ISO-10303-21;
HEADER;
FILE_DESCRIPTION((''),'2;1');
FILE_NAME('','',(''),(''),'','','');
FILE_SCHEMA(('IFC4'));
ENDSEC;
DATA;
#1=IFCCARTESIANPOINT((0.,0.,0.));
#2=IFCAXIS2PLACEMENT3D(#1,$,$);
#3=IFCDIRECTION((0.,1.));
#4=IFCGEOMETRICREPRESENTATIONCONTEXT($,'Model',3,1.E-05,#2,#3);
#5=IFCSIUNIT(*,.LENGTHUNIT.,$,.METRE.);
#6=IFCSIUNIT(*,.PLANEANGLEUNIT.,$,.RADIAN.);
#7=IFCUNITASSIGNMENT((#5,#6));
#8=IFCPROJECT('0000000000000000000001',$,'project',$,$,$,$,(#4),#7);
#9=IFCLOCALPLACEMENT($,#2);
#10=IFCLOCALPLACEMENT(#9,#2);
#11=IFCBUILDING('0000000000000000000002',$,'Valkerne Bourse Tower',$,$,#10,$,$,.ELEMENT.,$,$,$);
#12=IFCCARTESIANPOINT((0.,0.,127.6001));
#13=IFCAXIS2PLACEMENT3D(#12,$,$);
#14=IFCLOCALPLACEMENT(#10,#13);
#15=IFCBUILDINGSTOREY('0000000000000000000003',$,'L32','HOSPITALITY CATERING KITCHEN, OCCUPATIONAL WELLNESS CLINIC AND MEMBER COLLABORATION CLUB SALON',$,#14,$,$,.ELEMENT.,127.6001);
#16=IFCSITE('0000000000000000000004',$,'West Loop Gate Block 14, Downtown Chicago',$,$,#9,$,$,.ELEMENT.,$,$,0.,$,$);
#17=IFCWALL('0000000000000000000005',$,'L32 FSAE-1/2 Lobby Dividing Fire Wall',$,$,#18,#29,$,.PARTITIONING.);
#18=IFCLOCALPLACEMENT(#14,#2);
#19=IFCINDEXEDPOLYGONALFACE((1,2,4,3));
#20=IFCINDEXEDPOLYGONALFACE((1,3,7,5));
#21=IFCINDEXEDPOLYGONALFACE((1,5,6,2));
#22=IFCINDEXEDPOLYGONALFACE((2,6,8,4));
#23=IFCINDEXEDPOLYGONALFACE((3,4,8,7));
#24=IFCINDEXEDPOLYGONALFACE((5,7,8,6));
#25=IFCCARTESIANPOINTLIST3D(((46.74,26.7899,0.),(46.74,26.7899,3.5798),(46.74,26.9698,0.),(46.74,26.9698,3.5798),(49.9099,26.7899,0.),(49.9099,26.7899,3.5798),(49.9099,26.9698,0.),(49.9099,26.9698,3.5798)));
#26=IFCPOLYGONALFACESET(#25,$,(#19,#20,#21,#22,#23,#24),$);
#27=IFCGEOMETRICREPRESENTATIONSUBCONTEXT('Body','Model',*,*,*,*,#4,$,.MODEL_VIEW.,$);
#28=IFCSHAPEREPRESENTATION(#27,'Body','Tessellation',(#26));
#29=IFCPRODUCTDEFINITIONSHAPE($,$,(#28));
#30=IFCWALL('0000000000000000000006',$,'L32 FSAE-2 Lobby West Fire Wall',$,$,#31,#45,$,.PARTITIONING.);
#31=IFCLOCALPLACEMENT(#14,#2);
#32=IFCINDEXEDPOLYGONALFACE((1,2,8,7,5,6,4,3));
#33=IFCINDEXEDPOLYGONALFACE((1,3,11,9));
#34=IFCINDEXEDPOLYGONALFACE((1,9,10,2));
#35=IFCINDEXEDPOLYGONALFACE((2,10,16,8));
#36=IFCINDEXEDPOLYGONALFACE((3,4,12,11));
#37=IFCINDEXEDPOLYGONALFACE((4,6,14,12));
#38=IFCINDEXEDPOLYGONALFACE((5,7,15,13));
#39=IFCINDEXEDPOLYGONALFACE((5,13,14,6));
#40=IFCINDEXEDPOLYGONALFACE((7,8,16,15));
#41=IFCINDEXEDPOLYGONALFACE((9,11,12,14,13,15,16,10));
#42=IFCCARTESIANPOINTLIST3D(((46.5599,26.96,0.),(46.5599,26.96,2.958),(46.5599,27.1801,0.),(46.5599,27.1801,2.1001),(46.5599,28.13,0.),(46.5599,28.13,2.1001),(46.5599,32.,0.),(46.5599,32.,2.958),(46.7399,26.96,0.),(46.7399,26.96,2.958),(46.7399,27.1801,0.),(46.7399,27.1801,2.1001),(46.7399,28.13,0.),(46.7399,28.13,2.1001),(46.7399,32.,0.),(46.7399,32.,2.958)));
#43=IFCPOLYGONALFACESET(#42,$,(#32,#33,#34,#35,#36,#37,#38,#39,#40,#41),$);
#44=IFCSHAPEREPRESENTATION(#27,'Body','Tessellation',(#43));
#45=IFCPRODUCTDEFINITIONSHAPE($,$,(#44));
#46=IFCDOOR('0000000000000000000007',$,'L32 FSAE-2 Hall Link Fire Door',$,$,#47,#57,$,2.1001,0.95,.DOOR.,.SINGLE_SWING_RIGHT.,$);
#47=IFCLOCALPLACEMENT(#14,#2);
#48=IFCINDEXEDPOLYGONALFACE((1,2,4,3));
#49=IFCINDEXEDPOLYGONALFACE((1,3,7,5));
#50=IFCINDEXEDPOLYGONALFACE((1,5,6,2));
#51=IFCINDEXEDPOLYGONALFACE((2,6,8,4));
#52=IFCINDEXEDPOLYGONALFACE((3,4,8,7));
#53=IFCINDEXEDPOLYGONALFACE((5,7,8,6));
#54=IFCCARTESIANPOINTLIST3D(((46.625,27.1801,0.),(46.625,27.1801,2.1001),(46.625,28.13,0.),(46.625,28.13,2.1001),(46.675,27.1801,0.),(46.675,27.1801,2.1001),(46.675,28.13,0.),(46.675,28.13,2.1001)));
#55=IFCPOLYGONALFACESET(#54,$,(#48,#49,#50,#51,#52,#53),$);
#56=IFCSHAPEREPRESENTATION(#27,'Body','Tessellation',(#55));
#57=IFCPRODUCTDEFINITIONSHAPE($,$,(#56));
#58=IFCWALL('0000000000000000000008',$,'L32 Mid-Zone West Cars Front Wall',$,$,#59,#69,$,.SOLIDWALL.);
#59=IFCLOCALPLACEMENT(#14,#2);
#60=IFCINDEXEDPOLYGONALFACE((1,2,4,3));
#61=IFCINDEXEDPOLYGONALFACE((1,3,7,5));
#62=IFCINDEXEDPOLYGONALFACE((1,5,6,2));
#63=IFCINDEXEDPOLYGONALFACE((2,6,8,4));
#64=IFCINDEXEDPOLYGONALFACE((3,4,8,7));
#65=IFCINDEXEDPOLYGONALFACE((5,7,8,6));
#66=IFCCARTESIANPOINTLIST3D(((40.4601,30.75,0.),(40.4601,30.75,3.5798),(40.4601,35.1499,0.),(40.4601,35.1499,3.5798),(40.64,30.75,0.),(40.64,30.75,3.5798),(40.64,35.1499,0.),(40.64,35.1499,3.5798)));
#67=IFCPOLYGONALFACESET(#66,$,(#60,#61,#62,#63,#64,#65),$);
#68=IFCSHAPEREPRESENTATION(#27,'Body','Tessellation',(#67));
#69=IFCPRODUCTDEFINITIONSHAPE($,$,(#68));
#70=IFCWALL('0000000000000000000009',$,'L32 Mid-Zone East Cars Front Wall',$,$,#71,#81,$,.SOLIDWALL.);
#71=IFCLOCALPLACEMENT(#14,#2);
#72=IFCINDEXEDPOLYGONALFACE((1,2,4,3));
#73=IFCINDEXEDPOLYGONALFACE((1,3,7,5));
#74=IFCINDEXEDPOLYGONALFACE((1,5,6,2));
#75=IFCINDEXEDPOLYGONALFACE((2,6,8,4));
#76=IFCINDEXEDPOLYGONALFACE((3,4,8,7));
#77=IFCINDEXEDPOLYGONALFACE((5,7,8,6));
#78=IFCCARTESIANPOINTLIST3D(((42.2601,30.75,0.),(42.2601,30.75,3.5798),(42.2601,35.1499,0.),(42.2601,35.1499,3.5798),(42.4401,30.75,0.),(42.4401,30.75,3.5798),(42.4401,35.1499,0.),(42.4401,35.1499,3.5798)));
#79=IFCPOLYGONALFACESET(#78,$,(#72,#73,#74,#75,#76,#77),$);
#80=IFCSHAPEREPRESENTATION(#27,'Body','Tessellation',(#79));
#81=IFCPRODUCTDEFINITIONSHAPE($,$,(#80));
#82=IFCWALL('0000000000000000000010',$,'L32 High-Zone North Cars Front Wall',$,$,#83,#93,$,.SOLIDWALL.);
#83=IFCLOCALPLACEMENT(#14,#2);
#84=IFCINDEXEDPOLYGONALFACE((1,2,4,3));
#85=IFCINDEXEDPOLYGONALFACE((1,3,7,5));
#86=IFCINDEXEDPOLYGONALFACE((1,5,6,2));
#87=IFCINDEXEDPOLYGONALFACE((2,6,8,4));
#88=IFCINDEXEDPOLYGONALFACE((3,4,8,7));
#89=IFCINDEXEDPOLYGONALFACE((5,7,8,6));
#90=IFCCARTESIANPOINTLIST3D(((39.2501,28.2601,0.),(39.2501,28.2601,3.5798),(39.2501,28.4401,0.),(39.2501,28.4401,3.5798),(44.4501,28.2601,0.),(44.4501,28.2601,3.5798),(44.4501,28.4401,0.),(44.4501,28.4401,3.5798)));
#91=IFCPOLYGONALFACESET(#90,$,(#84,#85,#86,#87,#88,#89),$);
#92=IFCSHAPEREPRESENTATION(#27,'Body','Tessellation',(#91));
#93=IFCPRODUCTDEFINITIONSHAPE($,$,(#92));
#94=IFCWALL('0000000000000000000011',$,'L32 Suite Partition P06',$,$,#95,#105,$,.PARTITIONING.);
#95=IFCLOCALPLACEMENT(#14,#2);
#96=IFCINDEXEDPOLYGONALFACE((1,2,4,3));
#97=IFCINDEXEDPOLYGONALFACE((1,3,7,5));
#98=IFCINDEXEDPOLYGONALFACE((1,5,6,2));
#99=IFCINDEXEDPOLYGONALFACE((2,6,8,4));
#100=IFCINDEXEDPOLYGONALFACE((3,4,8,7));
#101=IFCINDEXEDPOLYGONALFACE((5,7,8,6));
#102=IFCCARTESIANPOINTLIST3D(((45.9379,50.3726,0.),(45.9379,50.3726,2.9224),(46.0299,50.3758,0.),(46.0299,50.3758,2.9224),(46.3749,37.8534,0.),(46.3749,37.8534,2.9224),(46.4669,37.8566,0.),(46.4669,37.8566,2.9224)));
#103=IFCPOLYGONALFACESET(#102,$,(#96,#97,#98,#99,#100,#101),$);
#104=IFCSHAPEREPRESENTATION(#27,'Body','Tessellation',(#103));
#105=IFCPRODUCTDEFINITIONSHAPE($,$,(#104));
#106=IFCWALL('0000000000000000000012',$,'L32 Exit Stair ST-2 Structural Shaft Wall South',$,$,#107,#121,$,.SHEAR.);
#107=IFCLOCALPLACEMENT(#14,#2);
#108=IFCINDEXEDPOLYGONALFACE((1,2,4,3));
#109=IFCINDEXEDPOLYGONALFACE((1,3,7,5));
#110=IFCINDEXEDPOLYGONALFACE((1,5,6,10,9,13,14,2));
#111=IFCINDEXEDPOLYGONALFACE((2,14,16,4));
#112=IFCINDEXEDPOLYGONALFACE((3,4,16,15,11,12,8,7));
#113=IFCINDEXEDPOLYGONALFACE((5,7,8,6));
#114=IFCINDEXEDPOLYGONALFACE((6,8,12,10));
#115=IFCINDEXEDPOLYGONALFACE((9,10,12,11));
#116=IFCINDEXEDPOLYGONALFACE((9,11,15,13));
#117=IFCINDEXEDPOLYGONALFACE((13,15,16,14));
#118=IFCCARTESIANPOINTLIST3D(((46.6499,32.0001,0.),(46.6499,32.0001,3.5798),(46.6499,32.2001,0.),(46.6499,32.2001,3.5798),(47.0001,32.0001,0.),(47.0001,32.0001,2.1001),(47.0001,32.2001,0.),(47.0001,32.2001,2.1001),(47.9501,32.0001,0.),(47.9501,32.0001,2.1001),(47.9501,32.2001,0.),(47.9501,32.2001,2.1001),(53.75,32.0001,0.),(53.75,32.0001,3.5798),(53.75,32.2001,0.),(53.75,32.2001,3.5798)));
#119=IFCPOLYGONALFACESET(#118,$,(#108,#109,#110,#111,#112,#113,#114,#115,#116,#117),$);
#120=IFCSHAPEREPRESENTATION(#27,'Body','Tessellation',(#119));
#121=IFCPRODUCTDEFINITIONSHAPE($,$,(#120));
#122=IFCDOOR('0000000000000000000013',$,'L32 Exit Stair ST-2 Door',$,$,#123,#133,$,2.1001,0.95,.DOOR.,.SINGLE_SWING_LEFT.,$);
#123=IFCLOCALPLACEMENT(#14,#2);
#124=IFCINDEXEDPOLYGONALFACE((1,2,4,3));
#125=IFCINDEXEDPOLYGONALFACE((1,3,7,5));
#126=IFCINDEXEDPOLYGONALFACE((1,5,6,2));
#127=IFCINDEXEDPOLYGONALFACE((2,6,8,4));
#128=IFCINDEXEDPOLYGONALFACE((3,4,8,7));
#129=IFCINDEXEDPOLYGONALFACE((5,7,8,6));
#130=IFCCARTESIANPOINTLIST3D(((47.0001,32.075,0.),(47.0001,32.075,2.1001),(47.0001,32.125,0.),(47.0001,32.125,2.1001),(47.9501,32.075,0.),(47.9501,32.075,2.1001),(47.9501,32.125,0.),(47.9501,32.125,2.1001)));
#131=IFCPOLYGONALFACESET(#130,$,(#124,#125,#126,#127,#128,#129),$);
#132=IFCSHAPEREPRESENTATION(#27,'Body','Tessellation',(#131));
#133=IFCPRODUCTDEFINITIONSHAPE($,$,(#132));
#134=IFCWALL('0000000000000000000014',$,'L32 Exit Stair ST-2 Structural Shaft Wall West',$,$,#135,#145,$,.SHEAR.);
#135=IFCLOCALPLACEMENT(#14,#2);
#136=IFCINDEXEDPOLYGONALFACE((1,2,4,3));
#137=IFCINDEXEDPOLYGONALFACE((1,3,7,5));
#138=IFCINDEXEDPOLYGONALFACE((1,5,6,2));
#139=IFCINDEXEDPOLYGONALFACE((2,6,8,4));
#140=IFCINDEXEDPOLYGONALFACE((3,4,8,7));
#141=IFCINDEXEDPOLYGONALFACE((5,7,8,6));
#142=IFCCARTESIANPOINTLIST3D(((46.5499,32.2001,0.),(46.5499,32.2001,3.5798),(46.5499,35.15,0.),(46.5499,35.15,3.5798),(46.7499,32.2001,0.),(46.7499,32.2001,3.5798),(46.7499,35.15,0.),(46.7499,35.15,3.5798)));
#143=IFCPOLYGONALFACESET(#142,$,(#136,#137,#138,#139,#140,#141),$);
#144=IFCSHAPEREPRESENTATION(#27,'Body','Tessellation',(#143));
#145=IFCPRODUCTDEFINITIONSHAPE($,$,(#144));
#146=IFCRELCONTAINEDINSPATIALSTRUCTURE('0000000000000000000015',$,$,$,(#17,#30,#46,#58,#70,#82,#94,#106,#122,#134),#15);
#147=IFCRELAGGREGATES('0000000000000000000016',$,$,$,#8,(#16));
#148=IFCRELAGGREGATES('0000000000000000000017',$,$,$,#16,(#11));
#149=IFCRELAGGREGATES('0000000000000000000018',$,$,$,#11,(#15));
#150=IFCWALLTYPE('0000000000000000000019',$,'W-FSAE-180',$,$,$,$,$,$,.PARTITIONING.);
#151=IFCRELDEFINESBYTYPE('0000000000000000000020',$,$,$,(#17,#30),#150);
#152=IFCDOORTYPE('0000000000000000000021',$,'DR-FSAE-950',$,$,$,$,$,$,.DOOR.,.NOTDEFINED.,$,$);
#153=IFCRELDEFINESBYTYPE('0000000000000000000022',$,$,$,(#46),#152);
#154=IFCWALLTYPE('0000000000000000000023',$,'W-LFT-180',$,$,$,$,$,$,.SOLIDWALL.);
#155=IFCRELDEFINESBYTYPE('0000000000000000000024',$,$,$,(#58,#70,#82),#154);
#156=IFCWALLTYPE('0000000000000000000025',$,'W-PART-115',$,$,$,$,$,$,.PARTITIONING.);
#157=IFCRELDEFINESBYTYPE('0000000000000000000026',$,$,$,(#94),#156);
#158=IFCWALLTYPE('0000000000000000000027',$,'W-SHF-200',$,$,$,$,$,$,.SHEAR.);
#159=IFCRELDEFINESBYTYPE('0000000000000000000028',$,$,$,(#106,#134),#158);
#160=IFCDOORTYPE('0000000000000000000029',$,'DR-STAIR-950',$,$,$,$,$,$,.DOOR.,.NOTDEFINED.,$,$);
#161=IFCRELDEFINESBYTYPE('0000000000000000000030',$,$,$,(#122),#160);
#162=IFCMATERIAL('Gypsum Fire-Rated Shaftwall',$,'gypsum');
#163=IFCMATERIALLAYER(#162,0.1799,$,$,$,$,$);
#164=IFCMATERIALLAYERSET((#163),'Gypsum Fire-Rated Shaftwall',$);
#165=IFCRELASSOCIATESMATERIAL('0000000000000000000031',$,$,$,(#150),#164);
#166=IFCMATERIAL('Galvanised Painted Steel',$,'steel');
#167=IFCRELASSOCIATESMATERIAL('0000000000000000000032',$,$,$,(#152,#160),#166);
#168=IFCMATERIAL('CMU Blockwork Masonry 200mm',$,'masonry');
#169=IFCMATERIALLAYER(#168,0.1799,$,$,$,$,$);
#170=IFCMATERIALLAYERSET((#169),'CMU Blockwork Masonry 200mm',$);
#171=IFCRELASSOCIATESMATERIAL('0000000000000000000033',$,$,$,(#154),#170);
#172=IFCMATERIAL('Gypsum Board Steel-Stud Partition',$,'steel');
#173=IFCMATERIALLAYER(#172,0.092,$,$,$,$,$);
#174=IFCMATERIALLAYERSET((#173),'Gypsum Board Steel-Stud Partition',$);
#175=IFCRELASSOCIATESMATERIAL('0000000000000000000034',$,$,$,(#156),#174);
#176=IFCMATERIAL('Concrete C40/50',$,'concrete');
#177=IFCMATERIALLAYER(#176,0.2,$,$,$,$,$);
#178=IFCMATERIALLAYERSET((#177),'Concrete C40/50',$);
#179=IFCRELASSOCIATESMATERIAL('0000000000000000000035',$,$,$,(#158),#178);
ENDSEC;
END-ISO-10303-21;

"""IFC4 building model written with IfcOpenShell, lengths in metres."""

from ifc_helpers import new_model, si_unit, direction, frame, frame_2d, origin, place, context, subcontext, project, spatial, rectangle, extrude, material, layer, layer_set, type_object, element, fill, save


model = new_model("IFC4")

# Units and contexts
model_context = context("Model", 3, precision=1e-05, world=origin(), true_north=direction((0.0, 1.0)))
body_context = subcontext(model_context, "Body", "Model", "MODEL_VIEW")
ifc_project = project(units=[si_unit("LENGTHUNIT", "METRE"), si_unit("PLANEANGLEUNIT", "RADIAN")], contexts=[model_context])

# Site, building, storey
site_placement = place(None, origin())
site = spatial("IfcSite", under=ifc_project, at=site_placement, Name="West Loop Gate Block 14, Downtown Chicago", CompositionType="ELEMENT", RefElevation=0.0)
building_placement = place(site_placement, origin())
building = spatial("IfcBuilding", under=site, at=building_placement, Name="Valkerne Bourse Tower", CompositionType="ELEMENT")
storey_placement = place(building_placement, frame((0.0, 0.0, 127.6001)))
storey = spatial("IfcBuildingStorey", under=building, at=storey_placement, Name="L32", Description="HOSPITALITY CATERING KITCHEN, OCCUPATIONAL WELLNESS CLINIC AND MEMBER COLLABORATION CLUB SALON", CompositionType="ELEMENT", Elevation=127.6001)

# Wall
ifc_material_1 = material(Name="Gypsum Fire-Rated Shaftwall", Category="gypsum")
ifc_layer_1 = layer(ifc_material_1, 0.1799)
ifc_layer_set_1 = layer_set([ifc_layer_1], Name="Gypsum Fire-Rated Shaftwall")
wall_type_1 = type_object("IfcWallType", Name="W-FSAE-180", PredefinedType="PARTITIONING", material=ifc_layer_set_1)
wall_1_placement = place(storey_placement, frame((46.74, 26.8799, 0.0), z_axis=(0.0, 0.0, 1.0), x_axis=(1.0, 0.0, 0.0)))
element("IfcWall", 1, at=wall_1_placement, inside=storey, type_object=wall_type_1, Name="L32 FSAE-1/2 Lobby Dividing Fire Wall", PredefinedType="PARTITIONING", context=body_context, shape_type="SweptSolid", body=[
    extrude(rectangle(XDim=3.1699, YDim=0.1799, at=frame_2d((1.585, 0.0))), origin(), (0.0, 0.0, 1.0), 3.5798),
])

# Wall, opening, door
wall_2_placement = place(storey_placement, frame((46.6499, 26.96, 0.0), z_axis=(0.0, 0.0, 1.0), x_axis=(0.0, 1.0, 0.0)))
wall_2 = element("IfcWall", 2, at=wall_2_placement, inside=storey, type_object=wall_type_1, Name="L32 FSAE-2 Lobby West Fire Wall", PredefinedType="PARTITIONING", context=body_context, shape_type="SweptSolid", body=[
    extrude(rectangle(XDim=5.04, YDim=0.1799, at=frame_2d((2.52, 0.0))), origin(), (0.0, 0.0, 1.0), 2.958),
])
opening_1_placement = place(wall_2_placement, frame((0.22, 0.0, 0.0)))
opening_1 = element("IfcOpeningElement", 3, at=opening_1_placement, cuts=wall_2, PredefinedType="OPENING", context=body_context, shape_type="SweptSolid", body=[
    extrude(rectangle(XDim=0.95, YDim=2.1001, at=frame_2d((0.4751, 1.05))), frame((0.0, 0.0999, 0.0), z_axis=(0.0, -1.0, 0.0), x_axis=(1.0, 0.0, 0.0)), (0.0, 0.0, 1.0), 0.2),
])
ifc_material_2 = material(Name="Galvanised Painted Steel", Category="steel")
door_type_1 = type_object("IfcDoorType", Name="DR-FSAE-950", OperationType="NOTDEFINED", PredefinedType="DOOR", material=ifc_material_2)
door_1_placement = place(opening_1_placement, origin())
door_1 = element("IfcDoor", 4, at=door_1_placement, inside=storey, type_object=door_type_1, Name="L32 FSAE-2 Hall Link Fire Door", OperationType="SINGLE_SWING_RIGHT", OverallHeight=2.1001, OverallWidth=0.95, PredefinedType="DOOR", context=body_context, shape_type="SweptSolid", body=[
    extrude(rectangle(XDim=0.95, YDim=2.1001, at=frame_2d((0.4751, 1.05))), frame((0.0, 0.0249, 0.0), z_axis=(0.0, -1.0, 0.0), x_axis=(1.0, 0.0, 0.0)), (0.0, 0.0, 1.0), 0.05),
])
fill(opening_1, door_1)

# Walls
ifc_material_3 = material(Name="CMU Blockwork Masonry 200mm", Category="masonry")
ifc_layer_2 = layer(ifc_material_3, 0.1799)
ifc_layer_set_2 = layer_set([ifc_layer_2], Name="CMU Blockwork Masonry 200mm")
wall_type_2 = type_object("IfcWallType", Name="W-LFT-180", PredefinedType="SOLIDWALL", material=ifc_layer_set_2)
for number, where, z_axis, x_axis, name in (
    (5, (40.55, 30.75, 0.0), (0.0, 0.0, 1.0), (0.0, 1.0, 0.0), "L32 Mid-Zone West Cars Front Wall"),
    (6, (42.3501, 30.75, 0.0), (0.0, 0.0, 1.0), (0.0, 1.0, 0.0), "L32 Mid-Zone East Cars Front Wall"),
):
    element("IfcWall", number, at=place(storey_placement, frame(where, z_axis=z_axis, x_axis=x_axis)), inside=storey, type_object=wall_type_2, Name=name, PredefinedType="SOLIDWALL", context=body_context, shape_type="SweptSolid", body=[
        extrude(rectangle(XDim=4.3999, YDim=0.1799, at=frame_2d((2.2, 0.0))), origin(), (0.0, 0.0, 1.0), 3.5798),
    ])
wall_3_placement = place(storey_placement, frame((39.25, 28.3501, 0.0), z_axis=(0.0, 0.0, 1.0), x_axis=(1.0, 0.0, 0.0)))
element("IfcWall", 7, at=wall_3_placement, inside=storey, type_object=wall_type_2, Name="L32 High-Zone North Cars Front Wall", PredefinedType="SOLIDWALL", context=body_context, shape_type="SweptSolid", body=[
    extrude(rectangle(XDim=5.2, YDim=0.1799, at=frame_2d((2.6001, 0.0))), origin(), (0.0, 0.0, 1.0), 3.5798),
])
ifc_material_4 = material(Name="Gypsum Board Steel-Stud Partition", Category="steel")
ifc_layer_3 = layer(ifc_material_4, 0.092)
ifc_layer_set_3 = layer_set([ifc_layer_3], Name="Gypsum Board Steel-Stud Partition")
wall_type_3 = type_object("IfcWallType", Name="W-PART-115", PredefinedType="PARTITIONING", material=ifc_layer_set_3)
wall_4_placement = place(storey_placement, frame((46.4209, 37.855, 0.0), z_axis=(0.0, 0.0, 1.0), x_axis=(-0.034886, 0.999391, 0.0)))
element("IfcWall", 8, at=wall_4_placement, inside=storey, type_object=wall_type_3, Name="L32 Suite Partition P06", PredefinedType="PARTITIONING", context=body_context, shape_type="SweptSolid", body=[
    extrude(rectangle(XDim=12.5269, YDim=0.092, at=frame_2d((6.2634, 0.0))), origin(), (0.0, 0.0, 1.0), 2.9224),
])

# Wall, opening, door
ifc_material_5 = material(Name="Concrete C40/50", Category="concrete")
ifc_layer_4 = layer(ifc_material_5, 0.2)
ifc_layer_set_4 = layer_set([ifc_layer_4], Name="Concrete C40/50")
wall_type_4 = type_object("IfcWallType", Name="W-SHF-200", PredefinedType="SHEAR", material=ifc_layer_set_4)
wall_5_placement = place(storey_placement, frame((46.6499, 32.1001, 0.0), z_axis=(0.0, 0.0, 1.0), x_axis=(1.0, 0.0, 0.0)))
wall_5 = element("IfcWall", 9, at=wall_5_placement, inside=storey, type_object=wall_type_4, Name="L32 Exit Stair ST-2 Structural Shaft Wall South", PredefinedType="SHEAR", context=body_context, shape_type="SweptSolid", body=[
    extrude(rectangle(XDim=7.1001, YDim=0.2, at=frame_2d((3.55, 0.0))), origin(), (0.0, 0.0, 1.0), 3.5798),
])
opening_2_placement = place(wall_5_placement, frame((0.3501, 0.0, 0.0)))
opening_2 = element("IfcOpeningElement", 10, at=opening_2_placement, cuts=wall_5, PredefinedType="OPENING", context=body_context, shape_type="SweptSolid", body=[
    extrude(rectangle(XDim=0.95, YDim=2.1001, at=frame_2d((0.4751, 1.05))), frame((0.0, 0.1099, 0.0), z_axis=(0.0, -1.0, 0.0), x_axis=(1.0, 0.0, 0.0)), (0.0, 0.0, 1.0), 0.22),
])
door_type_2 = type_object("IfcDoorType", Name="DR-STAIR-950", OperationType="NOTDEFINED", PredefinedType="DOOR", material=ifc_material_2)
door_2_placement = place(opening_2_placement, origin())
door_2 = element("IfcDoor", 11, at=door_2_placement, inside=storey, type_object=door_type_2, Name="L32 Exit Stair ST-2 Door", OperationType="SINGLE_SWING_LEFT", OverallHeight=2.1001, OverallWidth=0.95, PredefinedType="DOOR", context=body_context, shape_type="SweptSolid", body=[
    extrude(rectangle(XDim=0.95, YDim=2.1001, at=frame_2d((0.4751, 1.05))), frame((0.0, 0.0249, 0.0), z_axis=(0.0, -1.0, 0.0), x_axis=(1.0, 0.0, 0.0)), (0.0, 0.0, 1.0), 0.05),
])
fill(opening_2, door_2)

# Wall
wall_6_placement = place(storey_placement, frame((46.6499, 32.2, 0.0), z_axis=(0.0, 0.0, 1.0), x_axis=(0.0, 1.0, 0.0)))
element("IfcWall", 12, at=wall_6_placement, inside=storey, type_object=wall_type_4, Name="L32 Exit Stair ST-2 Structural Shaft Wall West", PredefinedType="SHEAR", context=body_context, shape_type="SweptSolid", body=[
    extrude(rectangle(XDim=2.95, YDim=0.2, at=frame_2d((1.4751, 0.0))), origin(), (0.0, 0.0, 1.0), 3.5798),
])

save(model, "model.ifc")
